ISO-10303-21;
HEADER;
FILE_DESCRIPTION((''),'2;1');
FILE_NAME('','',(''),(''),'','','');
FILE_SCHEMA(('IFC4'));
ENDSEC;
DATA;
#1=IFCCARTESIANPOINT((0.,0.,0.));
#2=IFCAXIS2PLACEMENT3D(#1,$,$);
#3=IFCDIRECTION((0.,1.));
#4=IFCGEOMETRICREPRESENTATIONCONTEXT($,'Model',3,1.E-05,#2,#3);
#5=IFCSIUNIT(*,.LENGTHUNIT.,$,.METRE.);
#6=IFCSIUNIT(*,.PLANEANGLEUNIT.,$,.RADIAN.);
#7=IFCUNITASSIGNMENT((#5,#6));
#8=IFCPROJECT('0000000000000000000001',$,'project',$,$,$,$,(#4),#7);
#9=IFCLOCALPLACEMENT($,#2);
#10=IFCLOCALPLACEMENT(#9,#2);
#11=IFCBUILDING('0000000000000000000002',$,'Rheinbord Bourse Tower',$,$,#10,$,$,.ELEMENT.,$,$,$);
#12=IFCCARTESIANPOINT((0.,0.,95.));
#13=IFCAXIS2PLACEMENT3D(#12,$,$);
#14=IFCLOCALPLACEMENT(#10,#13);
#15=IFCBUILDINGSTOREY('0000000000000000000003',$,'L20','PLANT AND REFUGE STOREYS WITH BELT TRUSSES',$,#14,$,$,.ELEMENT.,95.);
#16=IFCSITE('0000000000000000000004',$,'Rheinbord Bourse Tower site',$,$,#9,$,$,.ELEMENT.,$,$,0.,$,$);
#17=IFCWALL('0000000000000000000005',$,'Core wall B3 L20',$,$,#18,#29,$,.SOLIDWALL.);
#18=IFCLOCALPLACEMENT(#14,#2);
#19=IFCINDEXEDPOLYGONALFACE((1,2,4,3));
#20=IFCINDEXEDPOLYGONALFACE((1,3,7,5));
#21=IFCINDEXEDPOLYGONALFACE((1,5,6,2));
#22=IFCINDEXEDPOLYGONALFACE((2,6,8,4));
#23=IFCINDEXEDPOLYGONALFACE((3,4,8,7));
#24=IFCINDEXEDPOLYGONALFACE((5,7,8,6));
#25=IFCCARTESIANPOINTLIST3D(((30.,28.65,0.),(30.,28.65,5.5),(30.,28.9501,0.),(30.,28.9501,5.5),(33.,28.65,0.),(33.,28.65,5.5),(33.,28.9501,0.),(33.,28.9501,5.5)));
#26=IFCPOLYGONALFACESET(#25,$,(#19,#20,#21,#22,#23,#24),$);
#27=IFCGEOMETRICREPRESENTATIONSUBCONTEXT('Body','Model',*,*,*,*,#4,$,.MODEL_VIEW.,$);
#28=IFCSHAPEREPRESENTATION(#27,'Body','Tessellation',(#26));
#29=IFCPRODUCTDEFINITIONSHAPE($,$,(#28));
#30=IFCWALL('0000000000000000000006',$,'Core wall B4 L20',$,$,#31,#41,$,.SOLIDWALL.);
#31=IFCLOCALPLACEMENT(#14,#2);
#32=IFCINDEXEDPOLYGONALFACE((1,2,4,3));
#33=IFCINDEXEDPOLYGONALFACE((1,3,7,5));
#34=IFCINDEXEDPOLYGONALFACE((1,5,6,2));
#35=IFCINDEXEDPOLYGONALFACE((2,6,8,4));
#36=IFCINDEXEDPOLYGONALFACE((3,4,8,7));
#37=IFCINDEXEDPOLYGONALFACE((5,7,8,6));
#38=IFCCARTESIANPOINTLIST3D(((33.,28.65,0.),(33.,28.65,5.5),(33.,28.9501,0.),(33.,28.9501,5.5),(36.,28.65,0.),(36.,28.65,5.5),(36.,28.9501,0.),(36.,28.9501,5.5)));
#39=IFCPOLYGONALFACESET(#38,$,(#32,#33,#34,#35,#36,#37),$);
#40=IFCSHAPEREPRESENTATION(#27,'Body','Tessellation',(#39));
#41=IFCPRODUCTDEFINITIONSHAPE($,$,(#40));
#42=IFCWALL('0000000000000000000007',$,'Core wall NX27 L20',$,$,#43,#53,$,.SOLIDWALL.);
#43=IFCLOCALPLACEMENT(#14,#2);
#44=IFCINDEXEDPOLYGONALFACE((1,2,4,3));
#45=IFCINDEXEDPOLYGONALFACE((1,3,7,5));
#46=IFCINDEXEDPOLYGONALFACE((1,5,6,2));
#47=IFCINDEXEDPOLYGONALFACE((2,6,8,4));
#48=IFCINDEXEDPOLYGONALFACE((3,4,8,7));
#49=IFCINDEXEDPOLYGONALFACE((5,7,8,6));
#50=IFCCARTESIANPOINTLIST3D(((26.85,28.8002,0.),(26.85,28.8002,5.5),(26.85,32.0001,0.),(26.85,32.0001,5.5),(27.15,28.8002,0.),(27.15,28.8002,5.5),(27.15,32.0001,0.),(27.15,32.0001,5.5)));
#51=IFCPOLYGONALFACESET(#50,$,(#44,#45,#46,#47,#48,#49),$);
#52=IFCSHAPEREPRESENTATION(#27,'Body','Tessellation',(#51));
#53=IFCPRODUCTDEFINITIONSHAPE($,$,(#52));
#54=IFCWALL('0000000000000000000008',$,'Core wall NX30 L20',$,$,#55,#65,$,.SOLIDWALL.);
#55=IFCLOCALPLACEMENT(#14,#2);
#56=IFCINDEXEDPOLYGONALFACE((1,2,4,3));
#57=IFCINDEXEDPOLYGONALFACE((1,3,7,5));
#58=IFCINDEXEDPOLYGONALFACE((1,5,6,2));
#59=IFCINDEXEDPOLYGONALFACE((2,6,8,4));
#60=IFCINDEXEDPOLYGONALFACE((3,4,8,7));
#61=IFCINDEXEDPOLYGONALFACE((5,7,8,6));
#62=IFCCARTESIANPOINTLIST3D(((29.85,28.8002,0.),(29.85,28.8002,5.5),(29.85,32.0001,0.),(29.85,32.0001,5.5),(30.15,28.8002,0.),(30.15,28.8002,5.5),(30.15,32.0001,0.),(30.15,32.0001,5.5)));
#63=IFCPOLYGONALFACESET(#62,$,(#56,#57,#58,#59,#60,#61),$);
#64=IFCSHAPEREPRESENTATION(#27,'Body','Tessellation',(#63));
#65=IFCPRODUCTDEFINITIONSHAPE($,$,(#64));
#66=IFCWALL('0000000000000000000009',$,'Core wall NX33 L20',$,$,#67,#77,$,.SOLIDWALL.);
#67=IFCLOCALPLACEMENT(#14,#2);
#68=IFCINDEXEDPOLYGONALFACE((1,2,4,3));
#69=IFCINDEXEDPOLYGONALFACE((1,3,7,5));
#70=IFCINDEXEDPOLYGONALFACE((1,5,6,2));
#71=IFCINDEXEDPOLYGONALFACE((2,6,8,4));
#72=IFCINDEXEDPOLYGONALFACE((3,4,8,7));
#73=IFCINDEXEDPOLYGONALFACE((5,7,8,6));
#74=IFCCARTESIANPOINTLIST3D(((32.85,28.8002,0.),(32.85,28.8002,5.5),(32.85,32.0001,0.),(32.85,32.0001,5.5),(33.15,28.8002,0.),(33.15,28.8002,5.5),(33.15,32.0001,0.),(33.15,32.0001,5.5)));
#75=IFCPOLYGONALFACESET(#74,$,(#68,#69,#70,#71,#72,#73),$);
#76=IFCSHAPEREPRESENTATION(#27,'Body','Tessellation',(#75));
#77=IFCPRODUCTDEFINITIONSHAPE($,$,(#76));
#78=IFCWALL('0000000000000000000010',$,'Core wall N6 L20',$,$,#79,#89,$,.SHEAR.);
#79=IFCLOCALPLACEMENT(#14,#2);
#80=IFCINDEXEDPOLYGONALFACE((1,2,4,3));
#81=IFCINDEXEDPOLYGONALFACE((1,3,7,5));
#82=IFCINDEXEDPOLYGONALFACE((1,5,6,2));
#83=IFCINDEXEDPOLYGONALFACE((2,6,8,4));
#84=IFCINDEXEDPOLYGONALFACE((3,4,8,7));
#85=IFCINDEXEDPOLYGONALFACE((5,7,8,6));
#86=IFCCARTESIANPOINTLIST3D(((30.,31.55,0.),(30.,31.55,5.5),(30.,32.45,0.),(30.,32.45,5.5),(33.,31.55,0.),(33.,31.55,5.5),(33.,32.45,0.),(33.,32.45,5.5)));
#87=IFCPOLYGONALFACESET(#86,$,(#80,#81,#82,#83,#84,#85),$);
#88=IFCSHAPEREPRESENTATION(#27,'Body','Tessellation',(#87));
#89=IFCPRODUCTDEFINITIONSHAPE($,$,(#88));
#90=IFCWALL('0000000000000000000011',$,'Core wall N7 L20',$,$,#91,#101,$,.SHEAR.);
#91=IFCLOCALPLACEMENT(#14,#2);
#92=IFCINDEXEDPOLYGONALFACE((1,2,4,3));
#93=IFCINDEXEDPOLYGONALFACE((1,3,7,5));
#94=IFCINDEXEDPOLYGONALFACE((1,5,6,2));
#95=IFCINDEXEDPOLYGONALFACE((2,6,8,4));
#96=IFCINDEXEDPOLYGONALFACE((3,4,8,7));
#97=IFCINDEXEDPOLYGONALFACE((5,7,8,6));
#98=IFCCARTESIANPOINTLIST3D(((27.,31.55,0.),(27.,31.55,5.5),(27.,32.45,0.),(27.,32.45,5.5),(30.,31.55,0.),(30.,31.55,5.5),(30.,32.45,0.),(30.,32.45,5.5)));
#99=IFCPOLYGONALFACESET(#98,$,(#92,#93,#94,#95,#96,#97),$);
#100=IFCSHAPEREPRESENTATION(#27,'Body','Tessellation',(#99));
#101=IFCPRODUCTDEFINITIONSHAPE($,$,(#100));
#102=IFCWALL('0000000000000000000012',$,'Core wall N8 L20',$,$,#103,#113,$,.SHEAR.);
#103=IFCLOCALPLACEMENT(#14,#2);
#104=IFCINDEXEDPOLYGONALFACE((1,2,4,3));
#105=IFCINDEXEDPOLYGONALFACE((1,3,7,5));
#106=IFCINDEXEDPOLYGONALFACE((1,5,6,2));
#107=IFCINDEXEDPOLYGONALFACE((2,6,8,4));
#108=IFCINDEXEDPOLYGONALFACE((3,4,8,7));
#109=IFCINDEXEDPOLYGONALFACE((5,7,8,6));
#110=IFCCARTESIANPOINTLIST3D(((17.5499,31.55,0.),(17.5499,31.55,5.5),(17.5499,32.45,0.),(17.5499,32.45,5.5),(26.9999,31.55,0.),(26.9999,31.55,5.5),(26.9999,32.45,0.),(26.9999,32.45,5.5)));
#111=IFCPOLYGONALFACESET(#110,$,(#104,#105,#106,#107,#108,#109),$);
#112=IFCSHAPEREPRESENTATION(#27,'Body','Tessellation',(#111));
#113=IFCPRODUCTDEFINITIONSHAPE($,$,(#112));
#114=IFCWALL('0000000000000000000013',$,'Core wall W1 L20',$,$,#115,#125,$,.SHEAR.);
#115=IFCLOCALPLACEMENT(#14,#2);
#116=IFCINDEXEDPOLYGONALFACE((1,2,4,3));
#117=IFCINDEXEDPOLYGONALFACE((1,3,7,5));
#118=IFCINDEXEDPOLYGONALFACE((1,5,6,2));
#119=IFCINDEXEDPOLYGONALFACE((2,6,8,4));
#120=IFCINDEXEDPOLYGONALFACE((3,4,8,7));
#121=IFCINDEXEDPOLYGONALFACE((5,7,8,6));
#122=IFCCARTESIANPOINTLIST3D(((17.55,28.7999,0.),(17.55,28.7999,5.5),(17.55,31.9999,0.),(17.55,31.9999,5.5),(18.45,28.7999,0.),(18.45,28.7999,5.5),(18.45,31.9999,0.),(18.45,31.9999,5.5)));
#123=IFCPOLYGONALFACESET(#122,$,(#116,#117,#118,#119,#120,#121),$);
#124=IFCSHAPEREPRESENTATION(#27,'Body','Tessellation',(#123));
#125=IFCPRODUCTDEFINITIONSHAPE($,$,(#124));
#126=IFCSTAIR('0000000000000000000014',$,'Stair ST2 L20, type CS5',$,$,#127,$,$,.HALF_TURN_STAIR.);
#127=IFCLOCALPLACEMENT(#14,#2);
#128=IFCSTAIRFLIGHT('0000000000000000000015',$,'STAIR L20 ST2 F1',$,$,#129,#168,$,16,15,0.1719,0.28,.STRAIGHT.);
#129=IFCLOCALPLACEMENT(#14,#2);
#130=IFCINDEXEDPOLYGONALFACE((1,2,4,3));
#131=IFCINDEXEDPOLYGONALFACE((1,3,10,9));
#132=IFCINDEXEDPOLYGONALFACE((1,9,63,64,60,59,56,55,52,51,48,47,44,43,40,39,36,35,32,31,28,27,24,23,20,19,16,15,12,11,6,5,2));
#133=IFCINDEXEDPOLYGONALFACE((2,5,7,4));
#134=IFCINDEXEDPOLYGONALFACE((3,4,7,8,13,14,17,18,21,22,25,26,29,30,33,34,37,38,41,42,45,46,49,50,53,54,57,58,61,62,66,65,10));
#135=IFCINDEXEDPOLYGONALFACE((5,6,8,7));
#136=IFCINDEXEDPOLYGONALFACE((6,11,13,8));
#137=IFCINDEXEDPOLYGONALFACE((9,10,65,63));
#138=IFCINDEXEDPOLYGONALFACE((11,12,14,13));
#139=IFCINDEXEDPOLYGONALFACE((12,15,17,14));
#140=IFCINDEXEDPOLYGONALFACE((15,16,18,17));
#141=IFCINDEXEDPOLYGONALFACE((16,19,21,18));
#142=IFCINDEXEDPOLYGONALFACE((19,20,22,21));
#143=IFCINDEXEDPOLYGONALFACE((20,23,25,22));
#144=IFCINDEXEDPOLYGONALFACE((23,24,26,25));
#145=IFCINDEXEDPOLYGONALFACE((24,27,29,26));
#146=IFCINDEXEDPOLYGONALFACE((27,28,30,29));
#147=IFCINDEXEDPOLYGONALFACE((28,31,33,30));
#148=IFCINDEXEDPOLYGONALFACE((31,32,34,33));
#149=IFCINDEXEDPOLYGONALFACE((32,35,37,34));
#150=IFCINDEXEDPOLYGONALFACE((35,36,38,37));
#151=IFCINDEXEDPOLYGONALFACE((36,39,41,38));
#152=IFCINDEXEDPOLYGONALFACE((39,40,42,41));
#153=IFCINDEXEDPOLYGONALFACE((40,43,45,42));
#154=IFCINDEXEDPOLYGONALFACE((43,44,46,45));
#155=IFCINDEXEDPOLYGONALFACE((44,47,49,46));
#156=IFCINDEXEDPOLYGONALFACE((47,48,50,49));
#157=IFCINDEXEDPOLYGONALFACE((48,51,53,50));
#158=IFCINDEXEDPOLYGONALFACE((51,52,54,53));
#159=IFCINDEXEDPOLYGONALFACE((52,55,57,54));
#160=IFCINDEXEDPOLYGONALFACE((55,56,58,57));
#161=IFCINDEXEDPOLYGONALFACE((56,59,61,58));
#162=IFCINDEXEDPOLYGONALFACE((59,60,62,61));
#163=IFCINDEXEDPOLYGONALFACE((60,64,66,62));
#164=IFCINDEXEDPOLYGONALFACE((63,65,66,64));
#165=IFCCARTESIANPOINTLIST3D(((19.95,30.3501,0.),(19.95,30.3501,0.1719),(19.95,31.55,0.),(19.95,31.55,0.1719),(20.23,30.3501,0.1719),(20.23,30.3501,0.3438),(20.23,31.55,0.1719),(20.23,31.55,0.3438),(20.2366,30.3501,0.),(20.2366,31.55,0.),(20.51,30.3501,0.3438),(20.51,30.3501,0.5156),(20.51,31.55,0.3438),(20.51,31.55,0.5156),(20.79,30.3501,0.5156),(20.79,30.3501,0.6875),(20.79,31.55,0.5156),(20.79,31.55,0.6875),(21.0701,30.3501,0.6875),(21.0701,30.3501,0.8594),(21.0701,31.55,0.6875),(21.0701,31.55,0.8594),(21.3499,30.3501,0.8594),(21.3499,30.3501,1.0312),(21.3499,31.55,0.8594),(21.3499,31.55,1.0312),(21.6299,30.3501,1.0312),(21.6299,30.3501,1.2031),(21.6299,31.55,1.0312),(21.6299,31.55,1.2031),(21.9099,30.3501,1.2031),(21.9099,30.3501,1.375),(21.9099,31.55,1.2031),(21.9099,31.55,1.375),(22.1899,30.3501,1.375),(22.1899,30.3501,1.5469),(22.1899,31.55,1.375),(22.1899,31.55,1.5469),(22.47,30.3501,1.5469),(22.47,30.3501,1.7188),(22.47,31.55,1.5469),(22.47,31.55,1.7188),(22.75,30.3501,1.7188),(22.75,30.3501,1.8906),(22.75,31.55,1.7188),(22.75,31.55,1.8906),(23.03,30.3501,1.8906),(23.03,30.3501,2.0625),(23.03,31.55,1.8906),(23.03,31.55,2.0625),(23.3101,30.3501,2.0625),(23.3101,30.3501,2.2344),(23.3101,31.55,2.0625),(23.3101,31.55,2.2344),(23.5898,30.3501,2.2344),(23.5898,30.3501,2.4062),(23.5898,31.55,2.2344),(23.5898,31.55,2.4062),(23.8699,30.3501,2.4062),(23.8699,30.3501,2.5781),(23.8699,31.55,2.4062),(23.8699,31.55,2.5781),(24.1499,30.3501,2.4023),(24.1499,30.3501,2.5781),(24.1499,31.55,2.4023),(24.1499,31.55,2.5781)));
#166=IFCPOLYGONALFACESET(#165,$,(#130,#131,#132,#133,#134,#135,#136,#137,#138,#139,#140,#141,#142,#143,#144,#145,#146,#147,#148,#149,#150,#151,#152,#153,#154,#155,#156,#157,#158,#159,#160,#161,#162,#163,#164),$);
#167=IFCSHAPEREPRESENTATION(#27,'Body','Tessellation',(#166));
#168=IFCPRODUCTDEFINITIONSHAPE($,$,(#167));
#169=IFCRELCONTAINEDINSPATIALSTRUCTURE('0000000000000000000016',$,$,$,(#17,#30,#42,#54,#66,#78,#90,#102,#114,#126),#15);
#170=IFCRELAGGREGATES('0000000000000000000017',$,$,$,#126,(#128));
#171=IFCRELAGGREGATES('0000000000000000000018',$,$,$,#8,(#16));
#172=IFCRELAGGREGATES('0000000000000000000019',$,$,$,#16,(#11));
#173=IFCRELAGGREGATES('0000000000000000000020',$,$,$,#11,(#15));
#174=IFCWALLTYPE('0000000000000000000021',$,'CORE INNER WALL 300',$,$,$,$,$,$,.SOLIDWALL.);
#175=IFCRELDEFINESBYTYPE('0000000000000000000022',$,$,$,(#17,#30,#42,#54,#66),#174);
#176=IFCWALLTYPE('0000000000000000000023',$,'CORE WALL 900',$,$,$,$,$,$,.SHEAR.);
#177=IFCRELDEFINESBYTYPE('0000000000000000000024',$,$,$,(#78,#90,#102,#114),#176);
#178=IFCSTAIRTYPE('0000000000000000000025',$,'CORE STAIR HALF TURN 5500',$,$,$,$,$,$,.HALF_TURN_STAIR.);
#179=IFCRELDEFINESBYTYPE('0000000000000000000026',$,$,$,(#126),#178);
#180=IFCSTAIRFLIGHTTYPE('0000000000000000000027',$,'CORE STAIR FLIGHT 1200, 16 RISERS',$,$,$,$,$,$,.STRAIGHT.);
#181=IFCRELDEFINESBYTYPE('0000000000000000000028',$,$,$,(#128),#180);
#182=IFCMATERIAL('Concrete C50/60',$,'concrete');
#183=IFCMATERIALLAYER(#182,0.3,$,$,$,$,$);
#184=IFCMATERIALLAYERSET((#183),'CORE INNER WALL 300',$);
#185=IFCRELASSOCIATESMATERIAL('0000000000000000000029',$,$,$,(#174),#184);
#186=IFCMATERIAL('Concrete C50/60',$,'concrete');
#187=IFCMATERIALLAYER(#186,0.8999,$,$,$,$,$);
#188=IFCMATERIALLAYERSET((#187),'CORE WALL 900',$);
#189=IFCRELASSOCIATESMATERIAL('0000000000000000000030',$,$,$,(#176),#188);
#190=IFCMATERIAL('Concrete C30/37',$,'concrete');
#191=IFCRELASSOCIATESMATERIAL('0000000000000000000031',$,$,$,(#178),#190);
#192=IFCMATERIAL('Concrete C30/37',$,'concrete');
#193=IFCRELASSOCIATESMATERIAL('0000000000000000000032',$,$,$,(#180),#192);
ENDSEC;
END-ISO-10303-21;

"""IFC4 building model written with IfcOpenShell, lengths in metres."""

from ifc_helpers import new_model, si_unit, direction, frame, frame_2d, origin, place, context, subcontext, project, spatial, polyline, rectangle, outline, extrude, material, layer, layer_set, type_object, element, aggregate, save


model = new_model("IFC4")

# Units and contexts
model_context = context("Model", 3, precision=1e-05, world=origin(), true_north=direction((0.0, 1.0)))
body_context = subcontext(model_context, "Body", "Model", "MODEL_VIEW")
ifc_project = project(units=[si_unit("LENGTHUNIT", "METRE"), si_unit("PLANEANGLEUNIT", "RADIAN")], contexts=[model_context])

# Site, building, storey
site_placement = place(None, origin())
site = spatial("IfcSite", under=ifc_project, at=site_placement, Name="Rheinbord Bourse Tower site", CompositionType="ELEMENT", RefElevation=0.0)
building_placement = place(site_placement, origin())
building = spatial("IfcBuilding", under=site, at=building_placement, Name="Rheinbord Bourse Tower", CompositionType="ELEMENT")
storey_placement = place(building_placement, frame((0.0, 0.0, 95.0)))
storey = spatial("IfcBuildingStorey", under=building, at=storey_placement, Name="L20", Description="PLANT AND REFUGE STOREYS WITH BELT TRUSSES", CompositionType="ELEMENT", Elevation=95.0)

# Walls
ifc_material_1 = material(Name="Concrete C50/60", Category="concrete")
ifc_layer_1 = layer(ifc_material_1, 0.3)
ifc_layer_set_1 = layer_set([ifc_layer_1], Name="CORE INNER WALL 300")
wall_type_1 = type_object("IfcWallType", Name="CORE INNER WALL 300", PredefinedType="SOLIDWALL", material=ifc_layer_set_1)
for number, where, z_axis, x_axis, name in (
    (1, (30.0, 28.8, 0.0), (0.0, 0.0, 1.0), (1.0, 0.0, 0.0), "Core wall B3 L20"),
    (2, (33.0, 28.8, 0.0), (0.0, 0.0, 1.0), (1.0, 0.0, 0.0), "Core wall B4 L20"),
):
    element("IfcWall", number, at=place(storey_placement, frame(where, z_axis=z_axis, x_axis=x_axis)), inside=storey, type_object=wall_type_1, Name=name, PredefinedType="SOLIDWALL", context=body_context, shape_type="SweptSolid", body=[
        extrude(rectangle(XDim=3.0, YDim=0.3, at=frame_2d((1.5, 0.0))), origin(), (0.0, 0.0, 1.0), 5.5),
    ])
for number, where, z_axis, x_axis, name in (
    (3, (27.0, 28.8, 0.0), (0.0, 0.0, 1.0), (0.0, 1.0, 0.0), "Core wall NX27 L20"),
    (4, (30.0, 28.8, 0.0), (0.0, 0.0, 1.0), (0.0, 1.0, 0.0), "Core wall NX30 L20"),
    (5, (33.0, 28.8, 0.0), (0.0, 0.0, 1.0), (0.0, 1.0, 0.0), "Core wall NX33 L20"),
):
    element("IfcWall", number, at=place(storey_placement, frame(where, z_axis=z_axis, x_axis=x_axis)), inside=storey, type_object=wall_type_1, Name=name, PredefinedType="SOLIDWALL", context=body_context, shape_type="SweptSolid", body=[
        extrude(rectangle(XDim=3.2, YDim=0.3, at=frame_2d((1.6001, 0.0))), origin(), (0.0, 0.0, 1.0), 5.5),
    ])
ifc_material_2 = material(Name="Concrete C50/60", Category="concrete")
ifc_layer_2 = layer(ifc_material_2, 0.8999)
ifc_layer_set_2 = layer_set([ifc_layer_2], Name="CORE WALL 900")
wall_type_2 = type_object("IfcWallType", Name="CORE WALL 900", PredefinedType="SHEAR", material=ifc_layer_set_2)
for number, where, z_axis, x_axis, name in (
    (6, (33.0, 32.0, 0.0), (0.0, 0.0, 1.0), (-1.0, 0.0, 0.0), "Core wall N6 L20"),
    (7, (30.0, 32.0, 0.0), (0.0, 0.0, 1.0), (-1.0, 0.0, 0.0), "Core wall N7 L20"),
):
    element("IfcWall", number, at=place(storey_placement, frame(where, z_axis=z_axis, x_axis=x_axis)), inside=storey, type_object=wall_type_2, Name=name, PredefinedType="SHEAR", context=body_context, shape_type="SweptSolid", body=[
        extrude(rectangle(XDim=3.0, YDim=0.8999, at=frame_2d((1.5, 0.0))), origin(), (0.0, 0.0, 1.0), 5.5),
    ])
wall_1_placement = place(storey_placement, frame((27.0, 32.0, 0.0), z_axis=(0.0, 0.0, 1.0), x_axis=(-1.0, 0.0, 0.0)))
element("IfcWall", 8, at=wall_1_placement, inside=storey, type_object=wall_type_2, Name="Core wall N8 L20", PredefinedType="SHEAR", context=body_context, shape_type="SweptSolid", body=[
    extrude(rectangle(XDim=9.45, YDim=0.8999, at=frame_2d((4.7251, 0.0))), origin(), (0.0, 0.0, 1.0), 5.5),
])
wall_2_placement = place(storey_placement, frame((18.0, 32.0, 0.0), z_axis=(0.0, 0.0, 1.0), x_axis=(0.0, -1.0, 0.0)))
element("IfcWall", 9, at=wall_2_placement, inside=storey, type_object=wall_type_2, Name="Core wall W1 L20", PredefinedType="SHEAR", context=body_context, shape_type="SweptSolid", body=[
    extrude(rectangle(XDim=3.2, YDim=0.8999, at=frame_2d((1.6001, 0.0))), origin(), (0.0, 0.0, 1.0), 5.5),
])

# Stair, stair flight
ifc_material_3 = material(Name="Concrete C30/37", Category="concrete")
stair_type = type_object("IfcStairType", Name="CORE STAIR HALF TURN 5500", PredefinedType="HALF_TURN_STAIR", material=ifc_material_3)
stair_placement = place(storey_placement, origin())
stair = element("IfcStair", 10, at=stair_placement, inside=storey, type_object=stair_type, Name="Stair ST2 L20, type CS5", PredefinedType="HALF_TURN_STAIR")
ifc_material_4 = material(Name="Concrete C30/37", Category="concrete")
stair_flight_type = type_object("IfcStairFlightType", Name="CORE STAIR FLIGHT 1200, 16 RISERS", PredefinedType="STRAIGHT", material=ifc_material_4)
stair_flight_1_placement = place(storey_placement, frame((19.95, 30.95, 0.0), z_axis=(0.0, 0.0, 1.0), x_axis=(1.0, 0.0, 0.0)))
stair_flight_1 = element("IfcStairFlight", 11, at=stair_flight_1_placement, type_object=stair_flight_type, Name="STAIR L20 ST2 F1", NumberOfRisers=16, NumberOfTreads=15, PredefinedType="STRAIGHT", RiserHeight=0.1719, TreadLength=0.28, context=body_context, shape_type="SweptSolid", body=[
    extrude(outline(polyline([(0.0, 0.0), (0.0, 0.1719), (0.28, 0.1719), (0.28, 0.3438), (0.5601, 0.3438), (0.5601, 0.5156), (0.8401, 0.5156), (0.8401, 0.6875), (1.1201, 0.6875), (1.1201, 0.8594), (1.3999, 0.8594), (1.3999, 1.0312), (1.6799, 1.0312), (1.6799, 1.2031), (1.96, 1.2031), (1.96, 1.375), (2.24, 1.375), (2.24, 1.5469), (2.52, 1.5469), (2.52, 1.7188), (2.8, 1.7188), (2.8, 1.8906), (3.0801, 1.8906), (3.0801, 2.0625), (3.3601, 2.0625), (3.3601, 2.2344), (3.6399, 2.2344), (3.6399, 2.4062), (3.9199, 2.4062), (3.9199, 2.5781), (4.2, 2.5781), (4.2, 2.75), (4.2, 2.4023), (0.2866, 0.0), (0.0, 0.0)])), frame((0.0, 0.6001, 0.0), z_axis=(0.0, -1.0, 0.0), x_axis=(1.0, 0.0, 0.0)), (0.0, 0.0, 1.0), 1.2),
])
aggregate(stair, [stair_flight_1])

save(model, "model.ifc")
